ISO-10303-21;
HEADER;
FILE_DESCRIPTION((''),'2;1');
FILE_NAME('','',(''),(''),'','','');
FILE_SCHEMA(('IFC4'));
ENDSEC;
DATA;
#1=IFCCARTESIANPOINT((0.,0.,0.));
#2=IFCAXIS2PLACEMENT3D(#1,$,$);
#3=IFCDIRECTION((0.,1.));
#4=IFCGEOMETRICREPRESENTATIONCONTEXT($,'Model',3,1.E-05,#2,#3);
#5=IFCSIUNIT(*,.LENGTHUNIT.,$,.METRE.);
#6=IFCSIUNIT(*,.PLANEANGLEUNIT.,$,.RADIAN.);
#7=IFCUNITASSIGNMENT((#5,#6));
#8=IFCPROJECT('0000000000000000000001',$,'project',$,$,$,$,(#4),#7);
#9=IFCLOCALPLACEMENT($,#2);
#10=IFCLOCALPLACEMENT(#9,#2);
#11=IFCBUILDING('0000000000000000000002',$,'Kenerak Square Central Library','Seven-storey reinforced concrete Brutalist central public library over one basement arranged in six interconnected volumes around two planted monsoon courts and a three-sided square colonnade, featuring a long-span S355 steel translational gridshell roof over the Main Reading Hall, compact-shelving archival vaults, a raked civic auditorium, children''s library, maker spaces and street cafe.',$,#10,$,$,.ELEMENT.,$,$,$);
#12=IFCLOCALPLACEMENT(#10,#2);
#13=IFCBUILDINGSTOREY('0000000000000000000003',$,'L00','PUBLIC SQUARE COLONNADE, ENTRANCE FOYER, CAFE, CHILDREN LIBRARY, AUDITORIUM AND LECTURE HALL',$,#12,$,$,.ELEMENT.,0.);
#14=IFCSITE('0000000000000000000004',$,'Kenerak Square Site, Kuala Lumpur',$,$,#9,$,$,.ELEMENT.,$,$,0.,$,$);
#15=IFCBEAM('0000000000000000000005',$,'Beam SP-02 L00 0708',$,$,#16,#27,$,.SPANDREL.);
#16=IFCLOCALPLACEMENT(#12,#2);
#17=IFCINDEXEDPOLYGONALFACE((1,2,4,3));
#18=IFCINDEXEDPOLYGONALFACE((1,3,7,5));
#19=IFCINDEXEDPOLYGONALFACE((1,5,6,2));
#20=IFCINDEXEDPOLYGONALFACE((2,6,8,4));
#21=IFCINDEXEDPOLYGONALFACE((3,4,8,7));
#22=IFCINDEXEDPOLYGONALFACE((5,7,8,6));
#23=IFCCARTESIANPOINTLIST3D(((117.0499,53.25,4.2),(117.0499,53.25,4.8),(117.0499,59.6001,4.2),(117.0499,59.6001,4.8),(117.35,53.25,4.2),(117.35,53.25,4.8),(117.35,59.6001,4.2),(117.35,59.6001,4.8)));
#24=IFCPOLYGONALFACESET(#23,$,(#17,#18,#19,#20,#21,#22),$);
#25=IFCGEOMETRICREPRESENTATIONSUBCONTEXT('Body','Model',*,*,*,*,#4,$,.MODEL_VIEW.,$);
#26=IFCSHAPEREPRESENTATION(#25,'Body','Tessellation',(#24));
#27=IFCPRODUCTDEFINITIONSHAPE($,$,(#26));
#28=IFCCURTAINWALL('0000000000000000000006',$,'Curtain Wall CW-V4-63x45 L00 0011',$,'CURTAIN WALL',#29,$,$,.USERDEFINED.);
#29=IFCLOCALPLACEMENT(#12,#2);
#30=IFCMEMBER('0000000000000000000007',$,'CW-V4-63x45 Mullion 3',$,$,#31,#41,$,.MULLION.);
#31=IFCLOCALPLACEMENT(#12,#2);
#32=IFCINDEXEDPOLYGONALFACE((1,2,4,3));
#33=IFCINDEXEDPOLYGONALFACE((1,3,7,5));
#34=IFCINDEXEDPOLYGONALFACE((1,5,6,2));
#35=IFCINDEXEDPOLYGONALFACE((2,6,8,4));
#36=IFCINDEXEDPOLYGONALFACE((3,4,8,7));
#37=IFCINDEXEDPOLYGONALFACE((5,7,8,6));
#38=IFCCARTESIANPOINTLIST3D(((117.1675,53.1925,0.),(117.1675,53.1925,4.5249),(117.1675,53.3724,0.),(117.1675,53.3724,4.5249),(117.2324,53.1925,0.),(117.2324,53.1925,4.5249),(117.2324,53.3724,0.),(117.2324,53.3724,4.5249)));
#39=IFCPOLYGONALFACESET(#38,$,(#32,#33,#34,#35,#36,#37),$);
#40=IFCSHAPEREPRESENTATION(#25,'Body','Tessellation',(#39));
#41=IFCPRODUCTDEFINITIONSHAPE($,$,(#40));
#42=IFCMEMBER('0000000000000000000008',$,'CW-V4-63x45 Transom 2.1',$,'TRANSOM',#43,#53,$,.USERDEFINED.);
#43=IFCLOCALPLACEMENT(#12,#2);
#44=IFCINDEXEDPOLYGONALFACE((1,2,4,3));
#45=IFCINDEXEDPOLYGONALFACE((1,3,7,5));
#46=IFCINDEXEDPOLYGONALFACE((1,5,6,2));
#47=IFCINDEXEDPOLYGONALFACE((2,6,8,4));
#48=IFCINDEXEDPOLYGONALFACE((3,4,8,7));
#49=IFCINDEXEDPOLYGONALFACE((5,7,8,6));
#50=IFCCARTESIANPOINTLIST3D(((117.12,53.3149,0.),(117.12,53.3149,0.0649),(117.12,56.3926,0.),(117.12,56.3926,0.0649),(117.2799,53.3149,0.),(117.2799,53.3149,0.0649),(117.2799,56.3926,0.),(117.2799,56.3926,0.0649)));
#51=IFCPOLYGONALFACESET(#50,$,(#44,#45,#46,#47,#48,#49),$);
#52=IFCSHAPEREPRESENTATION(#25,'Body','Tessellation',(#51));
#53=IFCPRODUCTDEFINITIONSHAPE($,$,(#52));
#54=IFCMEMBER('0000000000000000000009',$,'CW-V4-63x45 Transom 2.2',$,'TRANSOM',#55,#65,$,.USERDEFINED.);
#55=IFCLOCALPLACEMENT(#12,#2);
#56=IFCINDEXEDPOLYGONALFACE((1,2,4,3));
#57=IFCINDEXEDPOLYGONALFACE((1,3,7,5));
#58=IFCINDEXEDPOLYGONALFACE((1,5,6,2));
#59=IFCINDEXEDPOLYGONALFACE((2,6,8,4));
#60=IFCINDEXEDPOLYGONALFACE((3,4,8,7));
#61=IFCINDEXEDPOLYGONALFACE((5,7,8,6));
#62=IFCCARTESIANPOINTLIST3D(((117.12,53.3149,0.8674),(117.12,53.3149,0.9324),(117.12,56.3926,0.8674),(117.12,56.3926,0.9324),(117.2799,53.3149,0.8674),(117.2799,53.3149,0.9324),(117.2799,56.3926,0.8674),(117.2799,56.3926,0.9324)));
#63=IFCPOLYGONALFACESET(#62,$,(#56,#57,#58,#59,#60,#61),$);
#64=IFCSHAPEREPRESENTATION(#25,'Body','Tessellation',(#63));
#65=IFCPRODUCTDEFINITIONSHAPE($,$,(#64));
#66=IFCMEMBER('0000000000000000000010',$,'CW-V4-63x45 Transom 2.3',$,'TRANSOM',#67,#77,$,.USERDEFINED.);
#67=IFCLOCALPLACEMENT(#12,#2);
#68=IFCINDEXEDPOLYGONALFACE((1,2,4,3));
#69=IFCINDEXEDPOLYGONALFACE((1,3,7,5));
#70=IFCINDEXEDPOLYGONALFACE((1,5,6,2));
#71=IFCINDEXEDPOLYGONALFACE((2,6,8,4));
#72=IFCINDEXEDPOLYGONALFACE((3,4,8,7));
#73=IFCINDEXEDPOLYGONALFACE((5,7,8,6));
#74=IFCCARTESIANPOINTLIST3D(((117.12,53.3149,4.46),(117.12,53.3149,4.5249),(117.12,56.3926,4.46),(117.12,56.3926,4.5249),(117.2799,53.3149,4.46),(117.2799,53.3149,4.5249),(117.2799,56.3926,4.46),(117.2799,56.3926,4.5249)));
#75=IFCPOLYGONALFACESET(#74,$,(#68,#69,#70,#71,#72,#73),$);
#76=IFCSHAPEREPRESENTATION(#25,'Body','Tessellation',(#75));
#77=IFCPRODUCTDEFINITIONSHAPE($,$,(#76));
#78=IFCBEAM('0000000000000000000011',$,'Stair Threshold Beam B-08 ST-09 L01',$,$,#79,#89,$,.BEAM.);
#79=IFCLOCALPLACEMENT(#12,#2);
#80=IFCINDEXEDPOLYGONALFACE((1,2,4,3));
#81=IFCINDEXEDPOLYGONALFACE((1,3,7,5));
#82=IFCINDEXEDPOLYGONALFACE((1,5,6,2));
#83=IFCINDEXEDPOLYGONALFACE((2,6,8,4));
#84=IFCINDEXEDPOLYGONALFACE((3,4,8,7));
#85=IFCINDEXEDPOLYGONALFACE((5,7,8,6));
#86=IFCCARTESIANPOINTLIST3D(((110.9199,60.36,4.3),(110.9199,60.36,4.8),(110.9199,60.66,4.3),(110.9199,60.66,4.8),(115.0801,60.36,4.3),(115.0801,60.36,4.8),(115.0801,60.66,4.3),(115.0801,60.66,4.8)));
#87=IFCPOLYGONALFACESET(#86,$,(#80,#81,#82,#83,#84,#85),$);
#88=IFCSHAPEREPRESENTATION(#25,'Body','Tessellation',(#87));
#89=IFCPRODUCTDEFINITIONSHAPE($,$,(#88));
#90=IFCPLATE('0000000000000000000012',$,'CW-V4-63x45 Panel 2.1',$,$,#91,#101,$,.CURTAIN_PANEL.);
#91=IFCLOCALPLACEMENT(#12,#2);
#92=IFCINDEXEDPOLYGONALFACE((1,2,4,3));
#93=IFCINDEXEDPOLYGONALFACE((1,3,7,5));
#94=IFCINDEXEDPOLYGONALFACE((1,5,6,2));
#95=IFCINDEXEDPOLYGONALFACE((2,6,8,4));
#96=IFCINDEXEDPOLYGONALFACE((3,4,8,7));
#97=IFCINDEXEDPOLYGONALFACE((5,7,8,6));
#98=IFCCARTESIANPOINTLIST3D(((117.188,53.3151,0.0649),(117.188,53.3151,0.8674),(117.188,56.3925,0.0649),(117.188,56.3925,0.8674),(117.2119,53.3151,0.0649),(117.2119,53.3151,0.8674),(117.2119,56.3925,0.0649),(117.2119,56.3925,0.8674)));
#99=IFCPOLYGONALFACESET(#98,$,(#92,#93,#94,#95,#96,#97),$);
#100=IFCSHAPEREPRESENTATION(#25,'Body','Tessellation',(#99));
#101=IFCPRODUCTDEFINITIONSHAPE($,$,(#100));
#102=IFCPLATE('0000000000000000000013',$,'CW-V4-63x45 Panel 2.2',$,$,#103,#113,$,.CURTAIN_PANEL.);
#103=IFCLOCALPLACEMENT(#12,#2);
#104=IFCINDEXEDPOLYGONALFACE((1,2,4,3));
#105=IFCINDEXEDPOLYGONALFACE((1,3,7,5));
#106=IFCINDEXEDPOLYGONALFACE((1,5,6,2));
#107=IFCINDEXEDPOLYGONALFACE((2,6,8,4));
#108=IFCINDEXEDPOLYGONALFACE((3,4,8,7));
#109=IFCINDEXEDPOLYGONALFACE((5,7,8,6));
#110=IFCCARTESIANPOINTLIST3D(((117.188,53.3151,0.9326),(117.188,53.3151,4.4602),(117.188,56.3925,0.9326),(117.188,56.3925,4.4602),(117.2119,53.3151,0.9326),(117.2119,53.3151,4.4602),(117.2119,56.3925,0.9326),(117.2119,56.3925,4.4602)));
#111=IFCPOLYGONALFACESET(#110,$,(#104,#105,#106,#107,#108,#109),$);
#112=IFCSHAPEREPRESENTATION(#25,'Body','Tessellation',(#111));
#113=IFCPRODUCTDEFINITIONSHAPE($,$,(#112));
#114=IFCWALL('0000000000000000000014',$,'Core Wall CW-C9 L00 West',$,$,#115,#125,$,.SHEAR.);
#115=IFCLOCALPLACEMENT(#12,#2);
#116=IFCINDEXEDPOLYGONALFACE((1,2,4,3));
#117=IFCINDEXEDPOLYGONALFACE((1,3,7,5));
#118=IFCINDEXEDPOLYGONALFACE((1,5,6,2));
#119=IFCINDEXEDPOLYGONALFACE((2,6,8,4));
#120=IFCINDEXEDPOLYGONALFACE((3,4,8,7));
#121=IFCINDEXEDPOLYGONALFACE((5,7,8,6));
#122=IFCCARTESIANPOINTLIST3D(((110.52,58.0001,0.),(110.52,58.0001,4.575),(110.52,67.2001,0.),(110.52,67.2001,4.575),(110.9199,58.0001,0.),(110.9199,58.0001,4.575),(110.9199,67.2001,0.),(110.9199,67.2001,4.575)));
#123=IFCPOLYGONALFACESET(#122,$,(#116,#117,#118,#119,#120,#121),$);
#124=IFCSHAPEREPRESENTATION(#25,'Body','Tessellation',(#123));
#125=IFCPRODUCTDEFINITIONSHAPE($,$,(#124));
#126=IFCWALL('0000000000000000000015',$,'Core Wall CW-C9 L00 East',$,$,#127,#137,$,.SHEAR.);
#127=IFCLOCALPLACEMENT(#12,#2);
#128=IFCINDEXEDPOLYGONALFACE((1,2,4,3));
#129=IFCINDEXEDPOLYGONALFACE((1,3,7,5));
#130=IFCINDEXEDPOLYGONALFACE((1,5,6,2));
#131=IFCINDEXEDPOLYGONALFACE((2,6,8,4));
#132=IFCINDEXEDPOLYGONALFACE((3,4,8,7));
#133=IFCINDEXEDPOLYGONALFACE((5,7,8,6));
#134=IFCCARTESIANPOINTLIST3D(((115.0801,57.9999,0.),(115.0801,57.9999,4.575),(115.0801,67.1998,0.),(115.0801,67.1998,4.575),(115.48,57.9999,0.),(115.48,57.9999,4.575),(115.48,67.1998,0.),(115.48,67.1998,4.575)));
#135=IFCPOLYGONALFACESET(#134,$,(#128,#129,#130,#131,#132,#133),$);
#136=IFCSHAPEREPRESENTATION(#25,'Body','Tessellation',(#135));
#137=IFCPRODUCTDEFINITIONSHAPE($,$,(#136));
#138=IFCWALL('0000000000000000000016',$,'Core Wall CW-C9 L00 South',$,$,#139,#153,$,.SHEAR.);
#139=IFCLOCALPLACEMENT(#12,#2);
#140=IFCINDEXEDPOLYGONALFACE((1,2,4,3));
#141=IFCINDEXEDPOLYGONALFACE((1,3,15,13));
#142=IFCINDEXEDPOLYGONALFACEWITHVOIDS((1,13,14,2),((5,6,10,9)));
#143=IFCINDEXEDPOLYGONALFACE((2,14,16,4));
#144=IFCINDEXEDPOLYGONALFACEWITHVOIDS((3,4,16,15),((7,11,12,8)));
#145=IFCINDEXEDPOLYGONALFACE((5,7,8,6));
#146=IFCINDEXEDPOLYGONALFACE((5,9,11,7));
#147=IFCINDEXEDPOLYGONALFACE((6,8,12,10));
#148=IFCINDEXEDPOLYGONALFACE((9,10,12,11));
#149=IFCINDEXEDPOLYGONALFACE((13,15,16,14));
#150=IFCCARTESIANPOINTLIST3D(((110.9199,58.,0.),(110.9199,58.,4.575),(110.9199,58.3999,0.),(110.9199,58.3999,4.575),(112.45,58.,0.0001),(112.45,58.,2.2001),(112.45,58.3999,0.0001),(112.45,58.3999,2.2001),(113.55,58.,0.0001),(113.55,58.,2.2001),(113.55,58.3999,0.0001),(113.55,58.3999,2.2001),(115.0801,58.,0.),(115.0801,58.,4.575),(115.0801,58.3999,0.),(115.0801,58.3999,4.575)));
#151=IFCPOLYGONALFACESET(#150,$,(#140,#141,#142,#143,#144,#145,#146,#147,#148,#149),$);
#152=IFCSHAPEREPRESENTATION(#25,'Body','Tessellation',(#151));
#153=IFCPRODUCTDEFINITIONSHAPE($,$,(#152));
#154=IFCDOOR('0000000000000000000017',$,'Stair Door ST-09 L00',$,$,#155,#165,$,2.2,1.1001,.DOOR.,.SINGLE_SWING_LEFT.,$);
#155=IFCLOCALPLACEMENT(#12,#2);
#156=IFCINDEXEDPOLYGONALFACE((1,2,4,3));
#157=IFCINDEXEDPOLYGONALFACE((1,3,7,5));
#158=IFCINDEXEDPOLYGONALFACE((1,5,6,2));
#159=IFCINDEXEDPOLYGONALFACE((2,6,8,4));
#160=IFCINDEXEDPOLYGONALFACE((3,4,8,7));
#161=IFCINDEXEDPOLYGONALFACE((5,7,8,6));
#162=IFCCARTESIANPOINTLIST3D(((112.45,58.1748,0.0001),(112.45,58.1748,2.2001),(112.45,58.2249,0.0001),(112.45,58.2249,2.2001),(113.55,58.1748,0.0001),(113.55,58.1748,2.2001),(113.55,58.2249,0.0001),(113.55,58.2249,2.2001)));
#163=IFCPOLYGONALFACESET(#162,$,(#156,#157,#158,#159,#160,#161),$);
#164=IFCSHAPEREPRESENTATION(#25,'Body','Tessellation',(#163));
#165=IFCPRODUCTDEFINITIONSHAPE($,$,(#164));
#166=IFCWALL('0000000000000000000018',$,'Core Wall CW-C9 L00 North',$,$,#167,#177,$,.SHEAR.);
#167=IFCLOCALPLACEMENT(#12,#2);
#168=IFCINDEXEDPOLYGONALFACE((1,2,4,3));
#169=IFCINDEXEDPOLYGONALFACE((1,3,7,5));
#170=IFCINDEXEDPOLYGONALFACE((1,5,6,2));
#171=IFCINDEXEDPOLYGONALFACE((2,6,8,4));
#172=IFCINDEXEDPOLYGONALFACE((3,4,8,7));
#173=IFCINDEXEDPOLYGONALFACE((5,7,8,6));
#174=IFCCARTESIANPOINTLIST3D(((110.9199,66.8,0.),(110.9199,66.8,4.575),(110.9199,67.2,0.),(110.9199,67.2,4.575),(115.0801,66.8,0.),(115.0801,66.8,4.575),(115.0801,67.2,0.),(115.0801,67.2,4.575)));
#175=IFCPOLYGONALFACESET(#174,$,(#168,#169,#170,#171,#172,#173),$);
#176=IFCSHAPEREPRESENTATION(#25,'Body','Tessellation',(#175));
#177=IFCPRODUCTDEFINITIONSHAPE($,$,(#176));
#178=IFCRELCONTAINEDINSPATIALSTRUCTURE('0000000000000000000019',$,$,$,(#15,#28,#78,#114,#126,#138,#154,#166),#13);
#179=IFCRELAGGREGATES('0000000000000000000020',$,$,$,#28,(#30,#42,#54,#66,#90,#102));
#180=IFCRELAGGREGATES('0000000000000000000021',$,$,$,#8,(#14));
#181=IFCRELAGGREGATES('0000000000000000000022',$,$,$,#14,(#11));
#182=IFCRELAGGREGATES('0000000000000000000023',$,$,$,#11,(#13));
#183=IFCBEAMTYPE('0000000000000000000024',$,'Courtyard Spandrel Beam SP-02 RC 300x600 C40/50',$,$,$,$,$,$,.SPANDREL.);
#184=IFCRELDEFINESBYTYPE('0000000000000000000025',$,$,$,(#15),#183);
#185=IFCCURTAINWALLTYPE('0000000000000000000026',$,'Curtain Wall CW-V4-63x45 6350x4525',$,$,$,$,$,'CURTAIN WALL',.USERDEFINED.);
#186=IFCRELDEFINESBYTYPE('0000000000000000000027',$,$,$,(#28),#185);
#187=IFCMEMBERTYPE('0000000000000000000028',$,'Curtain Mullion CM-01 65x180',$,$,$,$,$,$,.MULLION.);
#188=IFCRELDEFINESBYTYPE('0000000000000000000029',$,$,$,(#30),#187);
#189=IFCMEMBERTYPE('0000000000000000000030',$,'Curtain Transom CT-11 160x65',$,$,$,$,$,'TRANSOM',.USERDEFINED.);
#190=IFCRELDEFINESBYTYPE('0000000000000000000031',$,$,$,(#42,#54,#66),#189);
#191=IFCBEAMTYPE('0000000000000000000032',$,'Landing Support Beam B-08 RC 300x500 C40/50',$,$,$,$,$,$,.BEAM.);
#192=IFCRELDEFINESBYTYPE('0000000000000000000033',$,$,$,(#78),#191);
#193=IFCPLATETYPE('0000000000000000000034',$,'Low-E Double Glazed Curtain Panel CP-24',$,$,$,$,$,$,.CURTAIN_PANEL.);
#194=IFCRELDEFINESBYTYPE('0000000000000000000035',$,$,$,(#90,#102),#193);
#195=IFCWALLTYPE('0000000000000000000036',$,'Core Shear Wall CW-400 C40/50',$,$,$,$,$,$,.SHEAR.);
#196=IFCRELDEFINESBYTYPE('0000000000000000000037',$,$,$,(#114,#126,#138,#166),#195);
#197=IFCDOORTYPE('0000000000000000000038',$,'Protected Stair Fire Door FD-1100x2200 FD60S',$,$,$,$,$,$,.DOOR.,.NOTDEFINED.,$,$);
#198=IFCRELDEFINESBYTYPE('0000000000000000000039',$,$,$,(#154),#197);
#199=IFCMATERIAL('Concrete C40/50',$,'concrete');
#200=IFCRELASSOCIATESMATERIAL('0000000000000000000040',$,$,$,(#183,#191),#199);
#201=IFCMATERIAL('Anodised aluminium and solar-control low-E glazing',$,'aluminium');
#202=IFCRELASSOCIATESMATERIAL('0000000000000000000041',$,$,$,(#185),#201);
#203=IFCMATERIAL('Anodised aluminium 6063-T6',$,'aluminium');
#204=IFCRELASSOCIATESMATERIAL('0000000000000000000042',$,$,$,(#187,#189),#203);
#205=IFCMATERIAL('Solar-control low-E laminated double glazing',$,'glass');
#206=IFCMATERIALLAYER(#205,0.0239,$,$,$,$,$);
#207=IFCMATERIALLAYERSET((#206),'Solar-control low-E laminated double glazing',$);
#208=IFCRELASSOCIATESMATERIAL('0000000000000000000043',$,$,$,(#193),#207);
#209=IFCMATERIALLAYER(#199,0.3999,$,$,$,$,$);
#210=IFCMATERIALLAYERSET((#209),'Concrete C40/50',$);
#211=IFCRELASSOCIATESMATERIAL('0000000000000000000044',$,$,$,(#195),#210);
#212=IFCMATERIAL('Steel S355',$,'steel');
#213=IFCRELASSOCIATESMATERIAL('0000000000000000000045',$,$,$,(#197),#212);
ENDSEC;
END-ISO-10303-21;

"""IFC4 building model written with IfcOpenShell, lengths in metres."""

from ifc_helpers import new_model, si_unit, direction, frame, frame_2d, origin, origin_2d, place, context, subcontext, project, spatial, rectangle, extrude, material, layer, layer_set, material_profile, profile_set, type_object, element, fill, aggregate, save


model = new_model("IFC4")

# Units and contexts
model_context = context("Model", 3, precision=1e-05, world=origin(), true_north=direction((0.0, 1.0)))
body_context = subcontext(model_context, "Body", "Model", "MODEL_VIEW")
ifc_project = project(units=[si_unit("LENGTHUNIT", "METRE"), si_unit("PLANEANGLEUNIT", "RADIAN")], contexts=[model_context])

# Site, building, storey
site_placement = place(None, origin())
site = spatial("IfcSite", under=ifc_project, at=site_placement, Name="Kenerak Square Site, Kuala Lumpur", CompositionType="ELEMENT", RefElevation=0.0)
building_placement = place(site_placement, origin())
building = spatial("IfcBuilding", under=site, at=building_placement, Name="Kenerak Square Central Library", Description="Seven-storey reinforced concrete Brutalist central public library over one basement arranged in six interconnected volumes around two planted monsoon courts and a three-sided square colonnade, featuring a long-span S355 steel translational gridshell roof over the Main Reading Hall, compact-shelving archival vaults, a raked civic auditorium, children's library, maker spaces and street cafe.", CompositionType="ELEMENT")
storey_placement = place(building_placement, origin())
storey = spatial("IfcBuildingStorey", under=building, at=storey_placement, Name="L00", Description="PUBLIC SQUARE COLONNADE, ENTRANCE FOYER, CAFE, CHILDREN LIBRARY, AUDITORIUM AND LECTURE HALL", CompositionType="ELEMENT", Elevation=0.0)

# Beam
ifc_material_1 = material(Name="Concrete C40/50", Category="concrete")
ifc_material_profile_1 = material_profile(ifc_material_1, rectangle(XDim=0.3, YDim=0.6001, at=origin_2d()), Name="RC 300x600")
ifc_profile_set_1 = profile_set([ifc_material_profile_1], Name="Concrete C40/50")
beam_type_1 = type_object("IfcBeamType", Name="Courtyard Spandrel Beam SP-02 RC 300x600 C40/50", PredefinedType="SPANDREL", material=ifc_profile_set_1)
beam_1_placement = place(storey_placement, frame((117.2, 53.25, 4.5), z_axis=(0.0, 1.0, 0.0), x_axis=(-1.0, 0.0, 0.0)))
element("IfcBeam", 1, at=beam_1_placement, inside=storey, type_object=beam_type_1, Name="Beam SP-02 L00 0708", PredefinedType="SPANDREL", context=body_context, shape_type="SweptSolid", body=[
    extrude(rectangle(XDim=0.3, YDim=0.6001, at=origin_2d()), origin(), (0.0, 0.0, 1.0), 6.3501),
])

# Curtain wall, members
ifc_material_2 = material(Name="Anodised aluminium and solar-control low-E glazing", Category="aluminium")
curtain_wall_type = type_object("IfcCurtainWallType", Name="Curtain Wall CW-V4-63x45 6350x4525", ElementType="CURTAIN WALL", PredefinedType="USERDEFINED", material=ifc_material_2)
curtain_wall_placement = place(storey_placement, origin())
curtain_wall = element("IfcCurtainWall", 2, at=curtain_wall_placement, inside=storey, type_object=curtain_wall_type, Name="Curtain Wall CW-V4-63x45 L00 0011", ObjectType="CURTAIN WALL", PredefinedType="USERDEFINED")
ifc_material_3 = material(Name="Anodised aluminium 6063-T6", Category="aluminium")
ifc_material_profile_2 = material_profile(ifc_material_3, rectangle(XDim=0.0649, YDim=0.1799, at=origin_2d()), Name="AL MULLION 65x180")
ifc_profile_set_2 = profile_set([ifc_material_profile_2], Name="Anodised aluminium 6063-T6")
member_type_1 = type_object("IfcMemberType", Name="Curtain Mullion CM-01 65x180", PredefinedType="MULLION", material=ifc_profile_set_2)
member_1_placement = place(storey_placement, frame((117.2, 53.2825, 0.0), z_axis=(0.0, 0.0, 1.0), x_axis=(1.0, 0.0, 0.0)))
member_1 = element("IfcMember", 3, at=member_1_placement, type_object=member_type_1, Name="CW-V4-63x45 Mullion 3", PredefinedType="MULLION", context=body_context, shape_type="SweptSolid", body=[
    extrude(rectangle(XDim=0.0649, YDim=0.1799, at=origin_2d()), origin(), (0.0, 0.0, 1.0), 4.5249),
])
ifc_material_profile_3 = material_profile(ifc_material_3, rectangle(XDim=0.1599, YDim=0.0649, at=origin_2d()), Name="AL TRANSOM 160x65")
ifc_profile_set_3 = profile_set([ifc_material_profile_3], Name="Anodised aluminium 6063-T6")
member_type_2 = type_object("IfcMemberType", Name="Curtain Transom CT-11 160x65", ElementType="TRANSOM", PredefinedType="USERDEFINED", material=ifc_profile_set_3)
member_2_placement = place(storey_placement, frame((117.2, 56.3926, 0.0325), z_axis=(0.0, -1.0, 0.0), x_axis=(1.0, 0.0, 0.0)))
member_2 = element("IfcMember", 4, at=member_2_placement, type_object=member_type_2, Name="CW-V4-63x45 Transom 2.1", ObjectType="TRANSOM", PredefinedType="USERDEFINED", context=body_context, shape_type="SweptSolid", body=[
    extrude(rectangle(XDim=0.1599, YDim=0.0649, at=origin_2d()), origin(), (0.0, 0.0, 1.0), 3.0776),
])
member_3_placement = place(storey_placement, frame((117.2, 56.3926, 0.8999), z_axis=(0.0, -1.0, 0.0), x_axis=(1.0, 0.0, 0.0)))
member_3 = element("IfcMember", 5, at=member_3_placement, type_object=member_type_2, Name="CW-V4-63x45 Transom 2.2", ObjectType="TRANSOM", PredefinedType="USERDEFINED", context=body_context, shape_type="SweptSolid", body=[
    extrude(rectangle(XDim=0.1599, YDim=0.0649, at=origin_2d()), origin(), (0.0, 0.0, 1.0), 3.0776),
])
member_4_placement = place(storey_placement, frame((117.2, 56.3926, 4.4924), z_axis=(0.0, -1.0, 0.0), x_axis=(1.0, 0.0, 0.0)))
member_4 = element("IfcMember", 6, at=member_4_placement, type_object=member_type_2, Name="CW-V4-63x45 Transom 2.3", ObjectType="TRANSOM", PredefinedType="USERDEFINED", context=body_context, shape_type="SweptSolid", body=[
    extrude(rectangle(XDim=0.1599, YDim=0.0649, at=origin_2d()), origin(), (0.0, 0.0, 1.0), 3.0776),
])

# Beam
ifc_material_profile_4 = material_profile(ifc_material_1, rectangle(XDim=0.3, YDim=0.5, at=origin_2d()), Name="RC 300x500")
ifc_profile_set_4 = profile_set([ifc_material_profile_4], Name="Concrete C40/50")
beam_type_2 = type_object("IfcBeamType", Name="Landing Support Beam B-08 RC 300x500 C40/50", PredefinedType="BEAM", material=ifc_profile_set_4)
beam_2_placement = place(storey_placement, frame((110.9199, 60.51, 4.55), z_axis=(1.0, 0.0, 0.0), x_axis=(0.0, 1.0, 0.0)))
element("IfcBeam", 7, at=beam_2_placement, inside=storey, type_object=beam_type_2, Name="Stair Threshold Beam B-08 ST-09 L01", PredefinedType="BEAM", context=body_context, shape_type="SweptSolid", body=[
    extrude(rectangle(XDim=0.3, YDim=0.5, at=origin_2d()), origin(), (0.0, 0.0, 1.0), 4.1602),
])

# Plates
ifc_material_4 = material(Name="Solar-control low-E laminated double glazing", Category="glass")
ifc_layer_1 = layer(ifc_material_4, 0.0239)
ifc_layer_set_1 = layer_set([ifc_layer_1], Name="Solar-control low-E laminated double glazing")
plate_type = type_object("IfcPlateType", Name="Low-E Double Glazed Curtain Panel CP-24", PredefinedType="CURTAIN_PANEL", material=ifc_layer_set_1)
plate_1_placement = place(storey_placement, frame((117.2, 54.8538, 0.0649), z_axis=(0.0, 0.0, 1.0), x_axis=(0.0, -1.0, 0.0)))
plate_1 = element("IfcPlate", 8, at=plate_1_placement, type_object=plate_type, Name="CW-V4-63x45 Panel 2.1", PredefinedType="CURTAIN_PANEL", context=body_context, shape_type="SweptSolid", body=[
    extrude(rectangle(XDim=3.0774, YDim=0.0239, at=origin_2d()), origin(), (0.0, 0.0, 1.0), 0.8025),
])
plate_2_placement = place(storey_placement, frame((117.2, 54.8538, 0.9326), z_axis=(0.0, 0.0, 1.0), x_axis=(0.0, -1.0, 0.0)))
plate_2 = element("IfcPlate", 9, at=plate_2_placement, type_object=plate_type, Name="CW-V4-63x45 Panel 2.2", PredefinedType="CURTAIN_PANEL", context=body_context, shape_type="SweptSolid", body=[
    extrude(rectangle(XDim=3.0774, YDim=0.0239, at=origin_2d()), origin(), (0.0, 0.0, 1.0), 3.5276),
])
aggregate(curtain_wall, [member_1, member_2, member_3, member_4, plate_1, plate_2])

# Walls
ifc_layer_2 = layer(ifc_material_1, 0.3999)
ifc_layer_set_2 = layer_set([ifc_layer_2], Name="Concrete C40/50")
wall_type = type_object("IfcWallType", Name="Core Shear Wall CW-400 C40/50", PredefinedType="SHEAR", material=ifc_layer_set_2)
for number, where, z_axis, x_axis, name in (
    (10, (110.72, 58.0, 0.0), (0.0, 0.0, 1.0), (0.0, 1.0, 0.0), "Core Wall CW-C9 L00 West"),
    (11, (115.28, 67.2, 0.0), (0.0, 0.0, 1.0), (0.0, -1.0, 0.0), "Core Wall CW-C9 L00 East"),
):
    element("IfcWall", number, at=place(storey_placement, frame(where, z_axis=z_axis, x_axis=x_axis)), inside=storey, type_object=wall_type, Name=name, PredefinedType="SHEAR", context=body_context, shape_type="SweptSolid", body=[
        extrude(rectangle(XDim=9.2, YDim=0.3999, at=frame_2d((4.6001, 0.0))), origin(), (0.0, 0.0, 1.0), 4.575),
    ])

# Wall, opening, door
wall_1_placement = place(storey_placement, frame((115.0801, 58.2, 0.0), z_axis=(0.0, 0.0, 1.0), x_axis=(-1.0, 0.0, 0.0)))
wall_1 = element("IfcWall", 12, at=wall_1_placement, inside=storey, type_object=wall_type, Name="Core Wall CW-C9 L00 South", PredefinedType="SHEAR", context=body_context, shape_type="SweptSolid", body=[
    extrude(rectangle(XDim=4.1602, YDim=0.3999, at=frame_2d((2.0801, 0.0))), origin(), (0.0, 0.0, 1.0), 4.575),
])
opening_placement = place(wall_1_placement, frame((1.53, 0.0, 0.0)))
opening = element("IfcOpeningElement", 13, at=opening_placement, cuts=wall_1, PredefinedType="OPENING", context=body_context, shape_type="SweptSolid", body=[
    extrude(rectangle(XDim=1.1001, YDim=2.2, at=frame_2d((0.55, 1.1001))), frame((0.0, 0.21, 0.0), z_axis=(0.0, -1.0, 0.0), x_axis=(1.0, 0.0, 0.0)), (0.0, 0.0, 1.0), 0.4199),
])
ifc_material_5 = material(Name="Steel S355", Category="steel")
door_type = type_object("IfcDoorType", Name="Protected Stair Fire Door FD-1100x2200 FD60S", OperationType="NOTDEFINED", PredefinedType="DOOR", material=ifc_material_5)
door_placement = place(opening_placement, frame((1.1001, 0.0, 0.0), z_axis=(0.0, 0.0, 1.0), x_axis=(-1.0, 0.0, 0.0)))
door = element("IfcDoor", 14, at=door_placement, inside=storey, type_object=door_type, Name="Stair Door ST-09 L00", OperationType="SINGLE_SWING_LEFT", OverallHeight=2.2, OverallWidth=1.1001, PredefinedType="DOOR", context=body_context, shape_type="SweptSolid", body=[
    extrude(rectangle(XDim=1.1001, YDim=2.2, at=frame_2d((0.55, 1.1001))), frame((0.0, 0.0249, 0.0), z_axis=(0.0, -1.0, 0.0), x_axis=(1.0, 0.0, 0.0)), (0.0, 0.0, 1.0), 0.05),
])
fill(opening, door)

# Wall
wall_2_placement = place(storey_placement, frame((110.9199, 67.0, 0.0), z_axis=(0.0, 0.0, 1.0), x_axis=(1.0, 0.0, 0.0)))
element("IfcWall", 15, at=wall_2_placement, inside=storey, type_object=wall_type, Name="Core Wall CW-C9 L00 North", PredefinedType="SHEAR", context=body_context, shape_type="SweptSolid", body=[
    extrude(rectangle(XDim=4.1602, YDim=0.3999, at=frame_2d((2.0801, 0.0))), origin(), (0.0, 0.0, 1.0), 4.575),
])

save(model, "model.ifc")
